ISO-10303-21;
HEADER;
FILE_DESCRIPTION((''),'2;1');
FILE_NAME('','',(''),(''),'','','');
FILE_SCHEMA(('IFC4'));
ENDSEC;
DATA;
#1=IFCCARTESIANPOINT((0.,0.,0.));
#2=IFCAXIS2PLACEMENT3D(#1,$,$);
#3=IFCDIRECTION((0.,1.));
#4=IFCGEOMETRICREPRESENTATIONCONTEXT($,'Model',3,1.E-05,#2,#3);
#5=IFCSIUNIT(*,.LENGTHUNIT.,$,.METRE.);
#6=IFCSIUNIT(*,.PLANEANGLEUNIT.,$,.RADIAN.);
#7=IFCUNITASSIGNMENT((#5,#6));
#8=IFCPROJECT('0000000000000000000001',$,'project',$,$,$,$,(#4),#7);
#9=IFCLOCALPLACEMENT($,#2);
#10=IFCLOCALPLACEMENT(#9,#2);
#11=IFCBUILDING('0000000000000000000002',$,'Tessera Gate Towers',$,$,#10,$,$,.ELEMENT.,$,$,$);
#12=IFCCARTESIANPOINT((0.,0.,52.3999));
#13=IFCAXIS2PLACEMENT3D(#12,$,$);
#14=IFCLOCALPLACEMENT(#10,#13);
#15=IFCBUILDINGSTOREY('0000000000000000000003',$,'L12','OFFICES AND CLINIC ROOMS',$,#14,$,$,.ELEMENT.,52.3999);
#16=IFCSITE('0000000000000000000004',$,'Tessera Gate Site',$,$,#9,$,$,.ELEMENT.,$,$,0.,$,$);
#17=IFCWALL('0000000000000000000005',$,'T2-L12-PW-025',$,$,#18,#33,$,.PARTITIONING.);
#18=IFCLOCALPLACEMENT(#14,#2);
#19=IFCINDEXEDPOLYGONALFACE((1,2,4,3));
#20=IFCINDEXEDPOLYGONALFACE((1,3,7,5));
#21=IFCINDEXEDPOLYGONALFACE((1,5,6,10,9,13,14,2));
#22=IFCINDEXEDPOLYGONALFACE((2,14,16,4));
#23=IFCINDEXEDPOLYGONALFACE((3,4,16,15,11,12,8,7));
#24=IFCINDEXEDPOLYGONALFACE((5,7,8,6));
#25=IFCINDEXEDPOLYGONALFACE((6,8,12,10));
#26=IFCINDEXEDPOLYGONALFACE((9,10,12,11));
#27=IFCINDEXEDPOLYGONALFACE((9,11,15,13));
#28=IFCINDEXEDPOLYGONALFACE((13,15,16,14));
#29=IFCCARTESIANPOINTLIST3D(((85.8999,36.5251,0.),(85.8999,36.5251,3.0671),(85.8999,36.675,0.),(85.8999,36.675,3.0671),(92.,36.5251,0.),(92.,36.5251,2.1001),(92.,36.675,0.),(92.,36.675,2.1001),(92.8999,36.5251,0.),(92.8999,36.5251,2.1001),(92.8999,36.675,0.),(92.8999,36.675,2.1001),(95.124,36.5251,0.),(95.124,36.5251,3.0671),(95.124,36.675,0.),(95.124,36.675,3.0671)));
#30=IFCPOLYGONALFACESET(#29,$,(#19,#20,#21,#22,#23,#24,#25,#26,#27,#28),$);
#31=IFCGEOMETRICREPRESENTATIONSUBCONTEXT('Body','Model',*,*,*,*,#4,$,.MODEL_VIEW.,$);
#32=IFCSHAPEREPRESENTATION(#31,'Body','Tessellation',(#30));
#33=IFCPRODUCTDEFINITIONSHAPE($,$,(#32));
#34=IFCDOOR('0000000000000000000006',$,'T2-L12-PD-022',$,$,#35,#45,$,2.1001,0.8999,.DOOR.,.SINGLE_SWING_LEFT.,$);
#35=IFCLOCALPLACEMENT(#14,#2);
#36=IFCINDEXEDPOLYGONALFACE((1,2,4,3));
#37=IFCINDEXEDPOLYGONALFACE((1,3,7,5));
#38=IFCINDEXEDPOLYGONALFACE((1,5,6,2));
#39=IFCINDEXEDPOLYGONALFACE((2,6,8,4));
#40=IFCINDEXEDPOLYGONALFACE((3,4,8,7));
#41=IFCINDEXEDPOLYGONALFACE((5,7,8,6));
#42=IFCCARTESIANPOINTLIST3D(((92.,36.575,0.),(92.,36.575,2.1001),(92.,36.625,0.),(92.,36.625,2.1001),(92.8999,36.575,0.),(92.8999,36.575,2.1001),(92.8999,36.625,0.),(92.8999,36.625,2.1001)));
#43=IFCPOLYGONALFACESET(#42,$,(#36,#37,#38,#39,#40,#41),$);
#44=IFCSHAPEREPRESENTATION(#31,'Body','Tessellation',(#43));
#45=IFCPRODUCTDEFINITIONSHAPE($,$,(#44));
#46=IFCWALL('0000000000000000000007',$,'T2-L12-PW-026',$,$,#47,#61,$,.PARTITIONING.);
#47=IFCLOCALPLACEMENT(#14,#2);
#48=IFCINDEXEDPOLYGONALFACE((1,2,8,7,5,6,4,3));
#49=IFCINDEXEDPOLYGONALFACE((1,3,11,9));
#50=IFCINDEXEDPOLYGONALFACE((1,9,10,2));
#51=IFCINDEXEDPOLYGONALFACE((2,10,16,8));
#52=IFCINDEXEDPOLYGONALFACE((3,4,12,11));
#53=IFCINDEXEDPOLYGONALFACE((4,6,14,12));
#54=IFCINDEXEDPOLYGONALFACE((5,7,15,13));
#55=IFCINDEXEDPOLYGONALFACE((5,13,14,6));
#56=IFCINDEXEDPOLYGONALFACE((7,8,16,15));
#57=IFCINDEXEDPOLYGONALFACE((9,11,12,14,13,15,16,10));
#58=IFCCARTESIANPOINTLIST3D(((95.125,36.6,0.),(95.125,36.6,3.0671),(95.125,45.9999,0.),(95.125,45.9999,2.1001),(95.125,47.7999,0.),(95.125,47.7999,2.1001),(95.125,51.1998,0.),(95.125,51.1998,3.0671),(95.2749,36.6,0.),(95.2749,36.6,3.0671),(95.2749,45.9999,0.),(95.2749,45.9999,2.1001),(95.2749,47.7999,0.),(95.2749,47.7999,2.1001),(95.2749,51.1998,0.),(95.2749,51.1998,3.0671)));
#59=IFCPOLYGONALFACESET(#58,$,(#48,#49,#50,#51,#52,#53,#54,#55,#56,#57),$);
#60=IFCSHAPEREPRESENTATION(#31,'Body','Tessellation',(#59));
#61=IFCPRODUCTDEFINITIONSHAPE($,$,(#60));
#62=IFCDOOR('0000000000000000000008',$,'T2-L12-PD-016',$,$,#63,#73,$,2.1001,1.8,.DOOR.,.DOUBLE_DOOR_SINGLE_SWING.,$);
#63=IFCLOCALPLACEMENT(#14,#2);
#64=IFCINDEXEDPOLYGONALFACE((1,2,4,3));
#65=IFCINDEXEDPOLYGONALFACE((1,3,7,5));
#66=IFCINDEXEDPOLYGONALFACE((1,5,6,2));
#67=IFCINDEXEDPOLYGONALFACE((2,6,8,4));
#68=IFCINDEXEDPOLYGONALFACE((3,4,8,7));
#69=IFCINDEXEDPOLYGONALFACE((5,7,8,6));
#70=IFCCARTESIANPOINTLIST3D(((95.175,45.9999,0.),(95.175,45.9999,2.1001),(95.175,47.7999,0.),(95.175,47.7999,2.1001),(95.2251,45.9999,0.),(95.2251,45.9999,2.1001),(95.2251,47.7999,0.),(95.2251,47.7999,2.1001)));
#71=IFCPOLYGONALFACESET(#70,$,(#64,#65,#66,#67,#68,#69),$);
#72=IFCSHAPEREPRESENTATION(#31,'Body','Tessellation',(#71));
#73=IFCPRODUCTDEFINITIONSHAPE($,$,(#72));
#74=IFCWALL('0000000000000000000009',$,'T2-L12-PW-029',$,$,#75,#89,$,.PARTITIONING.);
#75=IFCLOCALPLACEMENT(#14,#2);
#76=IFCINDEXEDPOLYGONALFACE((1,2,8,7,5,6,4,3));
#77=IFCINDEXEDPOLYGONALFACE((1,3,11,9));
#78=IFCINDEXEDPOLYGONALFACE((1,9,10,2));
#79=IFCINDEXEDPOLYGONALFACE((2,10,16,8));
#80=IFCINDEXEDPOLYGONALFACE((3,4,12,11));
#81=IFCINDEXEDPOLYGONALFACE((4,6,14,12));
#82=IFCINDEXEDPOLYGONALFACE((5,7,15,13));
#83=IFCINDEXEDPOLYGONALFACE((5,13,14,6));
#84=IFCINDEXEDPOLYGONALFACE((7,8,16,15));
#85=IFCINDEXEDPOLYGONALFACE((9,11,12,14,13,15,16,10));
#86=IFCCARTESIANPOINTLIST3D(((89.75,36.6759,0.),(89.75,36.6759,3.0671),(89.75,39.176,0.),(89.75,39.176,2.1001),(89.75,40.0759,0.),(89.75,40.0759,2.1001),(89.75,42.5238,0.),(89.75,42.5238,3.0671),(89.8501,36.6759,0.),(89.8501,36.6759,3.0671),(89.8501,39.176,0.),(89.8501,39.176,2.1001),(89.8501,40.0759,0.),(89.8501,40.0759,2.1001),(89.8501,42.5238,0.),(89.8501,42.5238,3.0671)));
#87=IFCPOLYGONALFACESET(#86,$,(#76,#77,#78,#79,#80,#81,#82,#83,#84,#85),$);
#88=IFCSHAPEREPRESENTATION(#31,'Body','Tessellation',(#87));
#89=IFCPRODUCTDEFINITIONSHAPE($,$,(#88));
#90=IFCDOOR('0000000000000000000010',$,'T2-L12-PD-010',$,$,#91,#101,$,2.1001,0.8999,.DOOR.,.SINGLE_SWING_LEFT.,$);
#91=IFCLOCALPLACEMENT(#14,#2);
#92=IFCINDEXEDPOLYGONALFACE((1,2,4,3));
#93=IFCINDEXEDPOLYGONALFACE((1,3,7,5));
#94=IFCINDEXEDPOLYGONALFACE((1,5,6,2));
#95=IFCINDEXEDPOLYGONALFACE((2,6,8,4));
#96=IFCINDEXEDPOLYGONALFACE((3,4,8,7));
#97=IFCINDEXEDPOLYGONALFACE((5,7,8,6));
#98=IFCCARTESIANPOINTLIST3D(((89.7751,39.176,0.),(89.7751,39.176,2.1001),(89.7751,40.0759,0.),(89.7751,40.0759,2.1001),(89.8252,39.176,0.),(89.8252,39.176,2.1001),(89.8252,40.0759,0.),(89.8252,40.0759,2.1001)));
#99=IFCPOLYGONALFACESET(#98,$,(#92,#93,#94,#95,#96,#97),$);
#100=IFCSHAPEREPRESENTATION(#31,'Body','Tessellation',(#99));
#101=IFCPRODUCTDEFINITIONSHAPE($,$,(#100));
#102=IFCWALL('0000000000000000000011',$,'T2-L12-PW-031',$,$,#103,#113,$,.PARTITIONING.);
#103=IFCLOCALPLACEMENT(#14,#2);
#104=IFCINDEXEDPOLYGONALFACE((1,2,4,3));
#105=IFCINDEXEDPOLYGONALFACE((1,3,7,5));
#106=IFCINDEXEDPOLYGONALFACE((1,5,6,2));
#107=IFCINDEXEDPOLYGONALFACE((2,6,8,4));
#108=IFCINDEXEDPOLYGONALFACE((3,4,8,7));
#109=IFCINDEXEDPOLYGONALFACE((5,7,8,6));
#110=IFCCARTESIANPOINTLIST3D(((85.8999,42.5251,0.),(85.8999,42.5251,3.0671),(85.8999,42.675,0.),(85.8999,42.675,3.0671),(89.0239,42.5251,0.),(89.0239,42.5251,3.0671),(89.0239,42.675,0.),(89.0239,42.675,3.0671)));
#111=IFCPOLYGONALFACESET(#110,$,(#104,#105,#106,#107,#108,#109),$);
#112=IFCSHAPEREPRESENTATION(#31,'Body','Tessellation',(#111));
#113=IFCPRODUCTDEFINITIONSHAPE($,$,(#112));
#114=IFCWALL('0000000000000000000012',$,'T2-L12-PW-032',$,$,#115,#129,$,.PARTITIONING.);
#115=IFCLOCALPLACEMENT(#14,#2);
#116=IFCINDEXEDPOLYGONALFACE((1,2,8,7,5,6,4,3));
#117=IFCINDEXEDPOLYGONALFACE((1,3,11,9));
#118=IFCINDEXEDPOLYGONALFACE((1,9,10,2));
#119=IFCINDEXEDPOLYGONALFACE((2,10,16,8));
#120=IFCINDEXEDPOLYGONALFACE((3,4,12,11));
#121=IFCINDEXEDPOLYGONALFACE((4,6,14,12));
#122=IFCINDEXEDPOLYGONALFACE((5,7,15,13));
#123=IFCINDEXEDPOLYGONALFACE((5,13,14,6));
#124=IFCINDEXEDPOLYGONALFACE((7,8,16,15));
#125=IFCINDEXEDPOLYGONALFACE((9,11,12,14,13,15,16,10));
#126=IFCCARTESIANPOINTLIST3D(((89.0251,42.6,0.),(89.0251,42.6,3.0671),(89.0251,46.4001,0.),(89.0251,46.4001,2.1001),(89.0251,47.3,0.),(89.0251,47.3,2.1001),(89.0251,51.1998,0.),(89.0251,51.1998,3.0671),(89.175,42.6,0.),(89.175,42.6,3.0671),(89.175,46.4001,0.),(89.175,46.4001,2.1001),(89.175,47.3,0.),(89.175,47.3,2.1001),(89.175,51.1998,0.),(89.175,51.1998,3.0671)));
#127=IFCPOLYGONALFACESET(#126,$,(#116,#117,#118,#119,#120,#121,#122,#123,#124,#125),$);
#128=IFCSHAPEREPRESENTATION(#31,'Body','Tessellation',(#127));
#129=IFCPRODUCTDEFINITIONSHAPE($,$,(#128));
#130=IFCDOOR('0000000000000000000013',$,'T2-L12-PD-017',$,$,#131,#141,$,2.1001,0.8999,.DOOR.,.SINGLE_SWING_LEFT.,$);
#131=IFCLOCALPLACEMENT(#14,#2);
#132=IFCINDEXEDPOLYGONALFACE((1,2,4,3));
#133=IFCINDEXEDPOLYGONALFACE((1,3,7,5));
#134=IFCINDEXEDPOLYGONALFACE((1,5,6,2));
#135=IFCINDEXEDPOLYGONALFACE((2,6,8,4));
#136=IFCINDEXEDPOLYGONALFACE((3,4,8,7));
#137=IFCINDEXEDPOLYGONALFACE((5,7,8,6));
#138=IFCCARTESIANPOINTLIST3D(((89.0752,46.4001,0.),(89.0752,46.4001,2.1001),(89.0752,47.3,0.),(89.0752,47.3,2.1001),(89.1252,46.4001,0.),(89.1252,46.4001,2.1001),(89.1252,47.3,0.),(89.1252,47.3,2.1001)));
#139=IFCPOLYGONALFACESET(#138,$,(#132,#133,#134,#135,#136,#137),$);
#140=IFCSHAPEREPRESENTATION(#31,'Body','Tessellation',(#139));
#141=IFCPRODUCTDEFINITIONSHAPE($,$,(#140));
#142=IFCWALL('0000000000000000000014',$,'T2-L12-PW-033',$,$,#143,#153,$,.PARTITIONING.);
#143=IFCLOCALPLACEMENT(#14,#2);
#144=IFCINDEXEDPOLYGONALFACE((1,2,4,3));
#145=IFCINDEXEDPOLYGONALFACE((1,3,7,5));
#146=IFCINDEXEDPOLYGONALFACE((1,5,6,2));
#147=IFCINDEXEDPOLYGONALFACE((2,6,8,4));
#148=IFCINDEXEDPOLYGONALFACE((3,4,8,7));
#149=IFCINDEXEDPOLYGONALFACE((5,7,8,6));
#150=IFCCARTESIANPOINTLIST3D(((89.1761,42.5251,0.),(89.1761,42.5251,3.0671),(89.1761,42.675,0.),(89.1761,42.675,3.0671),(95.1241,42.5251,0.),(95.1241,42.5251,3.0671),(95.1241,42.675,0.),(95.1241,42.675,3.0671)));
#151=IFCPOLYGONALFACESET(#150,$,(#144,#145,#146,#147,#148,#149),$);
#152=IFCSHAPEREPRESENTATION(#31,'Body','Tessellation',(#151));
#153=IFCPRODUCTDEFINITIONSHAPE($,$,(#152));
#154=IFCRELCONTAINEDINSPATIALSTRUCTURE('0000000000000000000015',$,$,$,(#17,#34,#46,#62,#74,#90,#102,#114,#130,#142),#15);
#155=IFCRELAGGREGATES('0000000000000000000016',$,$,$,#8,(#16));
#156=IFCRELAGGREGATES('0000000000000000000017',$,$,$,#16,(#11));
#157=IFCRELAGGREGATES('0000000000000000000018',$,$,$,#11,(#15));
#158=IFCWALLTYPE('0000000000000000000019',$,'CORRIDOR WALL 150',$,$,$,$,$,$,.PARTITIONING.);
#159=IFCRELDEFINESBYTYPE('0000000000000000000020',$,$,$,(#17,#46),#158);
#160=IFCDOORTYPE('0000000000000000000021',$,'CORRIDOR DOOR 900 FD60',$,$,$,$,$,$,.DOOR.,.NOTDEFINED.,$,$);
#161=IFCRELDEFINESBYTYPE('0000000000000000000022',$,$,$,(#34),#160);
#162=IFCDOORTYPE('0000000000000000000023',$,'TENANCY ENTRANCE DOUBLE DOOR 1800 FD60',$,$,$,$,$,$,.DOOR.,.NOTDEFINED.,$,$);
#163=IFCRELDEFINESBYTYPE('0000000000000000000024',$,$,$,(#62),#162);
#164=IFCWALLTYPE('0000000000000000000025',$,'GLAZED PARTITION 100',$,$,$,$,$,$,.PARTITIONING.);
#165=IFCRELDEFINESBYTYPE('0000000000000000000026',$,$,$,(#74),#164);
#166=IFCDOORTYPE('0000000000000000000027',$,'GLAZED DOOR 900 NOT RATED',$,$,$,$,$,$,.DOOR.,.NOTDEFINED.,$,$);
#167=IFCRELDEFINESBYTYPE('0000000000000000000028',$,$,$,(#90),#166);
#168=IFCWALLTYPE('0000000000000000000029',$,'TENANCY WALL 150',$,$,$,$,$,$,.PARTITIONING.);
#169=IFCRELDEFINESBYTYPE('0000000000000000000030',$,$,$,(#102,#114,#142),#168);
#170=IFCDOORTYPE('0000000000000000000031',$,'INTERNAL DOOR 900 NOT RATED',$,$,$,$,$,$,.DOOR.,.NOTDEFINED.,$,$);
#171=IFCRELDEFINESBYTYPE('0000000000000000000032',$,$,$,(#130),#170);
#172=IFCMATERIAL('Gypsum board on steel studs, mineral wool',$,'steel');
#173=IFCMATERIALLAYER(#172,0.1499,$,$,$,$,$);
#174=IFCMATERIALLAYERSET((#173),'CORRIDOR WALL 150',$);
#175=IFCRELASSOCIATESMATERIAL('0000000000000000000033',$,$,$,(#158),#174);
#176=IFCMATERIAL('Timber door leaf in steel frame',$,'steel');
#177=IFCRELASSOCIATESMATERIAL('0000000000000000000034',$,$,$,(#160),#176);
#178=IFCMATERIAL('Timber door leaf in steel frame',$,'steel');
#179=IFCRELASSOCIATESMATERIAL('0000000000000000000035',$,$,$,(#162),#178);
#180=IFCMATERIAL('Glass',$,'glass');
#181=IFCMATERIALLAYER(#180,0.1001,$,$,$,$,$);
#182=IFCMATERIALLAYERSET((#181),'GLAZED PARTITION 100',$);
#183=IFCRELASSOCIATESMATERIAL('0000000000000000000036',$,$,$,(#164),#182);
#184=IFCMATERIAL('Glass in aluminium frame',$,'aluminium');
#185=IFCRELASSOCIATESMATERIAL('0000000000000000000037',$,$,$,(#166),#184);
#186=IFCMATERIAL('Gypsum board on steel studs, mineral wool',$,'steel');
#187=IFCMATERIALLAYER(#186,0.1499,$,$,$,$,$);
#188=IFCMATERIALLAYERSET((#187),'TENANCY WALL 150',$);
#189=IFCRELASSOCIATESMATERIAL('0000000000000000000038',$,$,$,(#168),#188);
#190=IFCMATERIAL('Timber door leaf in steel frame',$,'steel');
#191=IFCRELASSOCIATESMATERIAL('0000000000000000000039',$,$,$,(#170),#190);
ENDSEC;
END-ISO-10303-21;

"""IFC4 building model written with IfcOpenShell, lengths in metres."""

from ifc_helpers import new_model, si_unit, direction, frame, frame_2d, origin, place, context, subcontext, project, spatial, rectangle, extrude, source, transform, mapped, material, layer, layer_set, type_object, element, fill, save


model = new_model("IFC4")

# Units and contexts
model_context = context("Model", 3, precision=1e-05, world=origin(), true_north=direction((0.0, 1.0)))
body_context = subcontext(model_context, "Body", "Model", "MODEL_VIEW")
ifc_project = project(units=[si_unit("LENGTHUNIT", "METRE"), si_unit("PLANEANGLEUNIT", "RADIAN")], contexts=[model_context])

# Site, building, storey
site_placement = place(None, origin())
site = spatial("IfcSite", under=ifc_project, at=site_placement, Name="Tessera Gate Site", CompositionType="ELEMENT", RefElevation=0.0)
building_placement = place(site_placement, origin())
building = spatial("IfcBuilding", under=site, at=building_placement, Name="Tessera Gate Towers", CompositionType="ELEMENT")
storey_placement = place(building_placement, frame((0.0, 0.0, 52.3999)))
storey = spatial("IfcBuildingStorey", under=building, at=storey_placement, Name="L12", Description="OFFICES AND CLINIC ROOMS", CompositionType="ELEMENT", Elevation=52.3999)

# Walls, openings, doors
ifc_material_1 = material(Name="Gypsum board on steel studs, mineral wool", Category="steel")
ifc_layer_1 = layer(ifc_material_1, 0.1499)
ifc_layer_set_1 = layer_set([ifc_layer_1], Name="CORRIDOR WALL 150")
wall_type_1 = type_object("IfcWallType", Name="CORRIDOR WALL 150", PredefinedType="PARTITIONING", material=ifc_layer_set_1)
wall_1_placement = place(storey_placement, frame((85.8999, 36.6001, 0.0), z_axis=(0.0, 0.0, 1.0), x_axis=(1.0, 0.0, 0.0)))
wall_1 = element("IfcWall", 1, at=wall_1_placement, inside=storey, type_object=wall_type_1, Name="T2-L12-PW-025", PredefinedType="PARTITIONING", context=body_context, shape_type="SweptSolid", body=[
    extrude(rectangle(XDim=9.2241, YDim=0.1499, at=frame_2d((4.6121, 0.0))), origin(), (0.0, 0.0, 1.0), 3.0671),
])
shared_shape_1 = source(origin(), body_context, "Body", "SweptSolid", [
    extrude(rectangle(XDim=0.8999, YDim=2.1001, at=frame_2d((0.45, 1.05))), frame((0.0, 0.085, 0.0), z_axis=(0.0, -1.0, 0.0), x_axis=(1.0, 0.0, 0.0)), (0.0, 0.0, 1.0), 0.1699),
])
opening_1_placement = place(wall_1_placement, frame((6.1001, 0.0, 0.0)))
opening_1 = element("IfcOpeningElement", 2, at=opening_1_placement, cuts=wall_1, PredefinedType="OPENING", context=body_context, shape_type="MappedRepresentation", body=[
    mapped(shared_shape_1, transform((0.0, 0.0, 0.0), scale=1.0)),
])
ifc_material_2 = material(Name="Timber door leaf in steel frame", Category="steel")
door_type_1 = type_object("IfcDoorType", Name="CORRIDOR DOOR 900 FD60", OperationType="NOTDEFINED", PredefinedType="DOOR", material=ifc_material_2)
shared_shape_2 = source(origin(), body_context, "Body", "SweptSolid", [
    extrude(rectangle(XDim=0.8999, YDim=2.1001, at=frame_2d((0.45, 1.05))), frame((0.0, 0.0249, 0.0), z_axis=(0.0, -1.0, 0.0), x_axis=(1.0, 0.0, 0.0)), (0.0, 0.0, 1.0), 0.05),
])
door_1_placement = place(opening_1_placement, origin())
door_1 = element("IfcDoor", 3, at=door_1_placement, inside=storey, type_object=door_type_1, Name="T2-L12-PD-022", OperationType="SINGLE_SWING_LEFT", OverallHeight=2.1001, OverallWidth=0.8999, PredefinedType="DOOR", context=body_context, shape_type="MappedRepresentation", body=[
    mapped(shared_shape_2, transform((0.0, 0.0, 0.0), scale=1.0)),
])
fill(opening_1, door_1)
wall_2_placement = place(storey_placement, frame((95.2, 36.6001, 0.0), z_axis=(0.0, 0.0, 1.0), x_axis=(0.0, 1.0, 0.0)))
wall_2 = element("IfcWall", 4, at=wall_2_placement, inside=storey, type_object=wall_type_1, Name="T2-L12-PW-026", PredefinedType="PARTITIONING", context=body_context, shape_type="SweptSolid", body=[
    extrude(rectangle(XDim=14.5999, YDim=0.1499, at=frame_2d((7.2998, 0.0))), origin(), (0.0, 0.0, 1.0), 3.0671),
])
shared_shape_3 = source(origin(), body_context, "Body", "SweptSolid", [
    extrude(rectangle(XDim=1.8, YDim=2.1001, at=frame_2d((0.8999, 1.05))), frame((0.0, 0.085, 0.0), z_axis=(0.0, -1.0, 0.0), x_axis=(1.0, 0.0, 0.0)), (0.0, 0.0, 1.0), 0.1699),
])
opening_2_placement = place(wall_2_placement, frame((9.3999, 0.0, 0.0)))
opening_2 = element("IfcOpeningElement", 5, at=opening_2_placement, cuts=wall_2, PredefinedType="OPENING", context=body_context, shape_type="MappedRepresentation", body=[
    mapped(shared_shape_3, transform((0.0, 0.0, 0.0), scale=1.0)),
])
ifc_material_3 = material(Name="Timber door leaf in steel frame", Category="steel")
door_type_2 = type_object("IfcDoorType", Name="TENANCY ENTRANCE DOUBLE DOOR 1800 FD60", OperationType="NOTDEFINED", PredefinedType="DOOR", material=ifc_material_3)
shared_shape_4 = source(origin(), body_context, "Body", "SweptSolid", [
    extrude(rectangle(XDim=1.8, YDim=2.1001, at=frame_2d((0.8999, 1.05))), frame((0.0, 0.0249, 0.0), z_axis=(0.0, -1.0, 0.0), x_axis=(1.0, 0.0, 0.0)), (0.0, 0.0, 1.0), 0.05),
])
door_2_placement = place(opening_2_placement, origin())
door_2 = element("IfcDoor", 6, at=door_2_placement, inside=storey, type_object=door_type_2, Name="T2-L12-PD-016", OperationType="DOUBLE_DOOR_SINGLE_SWING", OverallHeight=2.1001, OverallWidth=1.8, PredefinedType="DOOR", context=body_context, shape_type="MappedRepresentation", body=[
    mapped(shared_shape_4, transform((0.0, 0.0, 0.0), scale=1.0)),
])
fill(opening_2, door_2)
ifc_material_4 = material(Name="Glass", Category="glass")
ifc_layer_2 = layer(ifc_material_4, 0.1001)
ifc_layer_set_2 = layer_set([ifc_layer_2], Name="GLAZED PARTITION 100")
wall_type_2 = type_object("IfcWallType", Name="GLAZED PARTITION 100", PredefinedType="PARTITIONING", material=ifc_layer_set_2)
wall_3_placement = place(storey_placement, frame((89.8, 36.676, 0.0), z_axis=(0.0, 0.0, 1.0), x_axis=(0.0, 1.0, 0.0)))
wall_3 = element("IfcWall", 7, at=wall_3_placement, inside=storey, type_object=wall_type_2, Name="T2-L12-PW-029", PredefinedType="PARTITIONING", context=body_context, shape_type="SweptSolid", body=[
    extrude(rectangle(XDim=5.8479, YDim=0.1001, at=frame_2d((2.9238, 0.0))), origin(), (0.0, 0.0, 1.0), 3.0671),
])
shared_shape_5 = source(origin(), body_context, "Body", "SweptSolid", [
    extrude(rectangle(XDim=0.8999, YDim=2.1001, at=frame_2d((0.45, 1.05))), frame((0.0, 0.0601, 0.0), z_axis=(0.0, -1.0, 0.0), x_axis=(1.0, 0.0, 0.0)), (0.0, 0.0, 1.0), 0.1201),
])
opening_3_placement = place(wall_3_placement, frame((2.5, 0.0, 0.0)))
opening_3 = element("IfcOpeningElement", 8, at=opening_3_placement, cuts=wall_3, PredefinedType="OPENING", context=body_context, shape_type="MappedRepresentation", body=[
    mapped(shared_shape_5, transform((0.0, 0.0, 0.0), scale=1.0)),
])
ifc_material_5 = material(Name="Glass in aluminium frame", Category="aluminium")
door_type_3 = type_object("IfcDoorType", Name="GLAZED DOOR 900 NOT RATED", OperationType="NOTDEFINED", PredefinedType="DOOR", material=ifc_material_5)
door_3_placement = place(opening_3_placement, origin())
door_3 = element("IfcDoor", 9, at=door_3_placement, inside=storey, type_object=door_type_3, Name="T2-L12-PD-010", OperationType="SINGLE_SWING_LEFT", OverallHeight=2.1001, OverallWidth=0.8999, PredefinedType="DOOR", context=body_context, shape_type="MappedRepresentation", body=[
    mapped(shared_shape_2, transform((0.0, 0.0, 0.0), scale=1.0)),
])
fill(opening_3, door_3)

# Wall
ifc_material_6 = material(Name="Gypsum board on steel studs, mineral wool", Category="steel")
ifc_layer_3 = layer(ifc_material_6, 0.1499)
ifc_layer_set_3 = layer_set([ifc_layer_3], Name="TENANCY WALL 150")
wall_type_3 = type_object("IfcWallType", Name="TENANCY WALL 150", PredefinedType="PARTITIONING", material=ifc_layer_set_3)
wall_4_placement = place(storey_placement, frame((85.8999, 42.6001, 0.0), z_axis=(0.0, 0.0, 1.0), x_axis=(1.0, 0.0, 0.0)))
element("IfcWall", 10, at=wall_4_placement, inside=storey, type_object=wall_type_3, Name="T2-L12-PW-031", PredefinedType="PARTITIONING", context=body_context, shape_type="SweptSolid", body=[
    extrude(rectangle(XDim=3.124, YDim=0.1499, at=frame_2d((1.562, 0.0))), origin(), (0.0, 0.0, 1.0), 3.0671),
])

# Wall, opening, door
wall_5_placement = place(storey_placement, frame((89.1001, 42.6001, 0.0), z_axis=(0.0, 0.0, 1.0), x_axis=(0.0, 1.0, 0.0)))
wall_5 = element("IfcWall", 11, at=wall_5_placement, inside=storey, type_object=wall_type_3, Name="T2-L12-PW-032", PredefinedType="PARTITIONING", context=body_context, shape_type="SweptSolid", body=[
    extrude(rectangle(XDim=8.5999, YDim=0.1499, at=frame_2d((4.2998, 0.0))), origin(), (0.0, 0.0, 1.0), 3.0671),
])
opening_4_placement = place(wall_5_placement, frame((3.8, 0.0, 0.0)))
opening_4 = element("IfcOpeningElement", 12, at=opening_4_placement, cuts=wall_5, PredefinedType="OPENING", context=body_context, shape_type="MappedRepresentation", body=[
    mapped(shared_shape_1, transform((0.0, 0.0, 0.0), scale=1.0)),
])
ifc_material_7 = material(Name="Timber door leaf in steel frame", Category="steel")
door_type_4 = type_object("IfcDoorType", Name="INTERNAL DOOR 900 NOT RATED", OperationType="NOTDEFINED", PredefinedType="DOOR", material=ifc_material_7)
door_4_placement = place(opening_4_placement, origin())
door_4 = element("IfcDoor", 13, at=door_4_placement, inside=storey, type_object=door_type_4, Name="T2-L12-PD-017", OperationType="SINGLE_SWING_LEFT", OverallHeight=2.1001, OverallWidth=0.8999, PredefinedType="DOOR", context=body_context, shape_type="MappedRepresentation", body=[
    mapped(shared_shape_2, transform((0.0, 0.0, 0.0), scale=1.0)),
])
fill(opening_4, door_4)

# Wall
wall_6_placement = place(storey_placement, frame((89.176, 42.6001, 0.0), z_axis=(0.0, 0.0, 1.0), x_axis=(1.0, 0.0, 0.0)))
element("IfcWall", 14, at=wall_6_placement, inside=storey, type_object=wall_type_3, Name="T2-L12-PW-033", PredefinedType="PARTITIONING", context=body_context, shape_type="SweptSolid", body=[
    extrude(rectangle(XDim=5.948, YDim=0.1499, at=frame_2d((2.9741, 0.0))), origin(), (0.0, 0.0, 1.0), 3.0671),
])

save(model, "model.ifc")
